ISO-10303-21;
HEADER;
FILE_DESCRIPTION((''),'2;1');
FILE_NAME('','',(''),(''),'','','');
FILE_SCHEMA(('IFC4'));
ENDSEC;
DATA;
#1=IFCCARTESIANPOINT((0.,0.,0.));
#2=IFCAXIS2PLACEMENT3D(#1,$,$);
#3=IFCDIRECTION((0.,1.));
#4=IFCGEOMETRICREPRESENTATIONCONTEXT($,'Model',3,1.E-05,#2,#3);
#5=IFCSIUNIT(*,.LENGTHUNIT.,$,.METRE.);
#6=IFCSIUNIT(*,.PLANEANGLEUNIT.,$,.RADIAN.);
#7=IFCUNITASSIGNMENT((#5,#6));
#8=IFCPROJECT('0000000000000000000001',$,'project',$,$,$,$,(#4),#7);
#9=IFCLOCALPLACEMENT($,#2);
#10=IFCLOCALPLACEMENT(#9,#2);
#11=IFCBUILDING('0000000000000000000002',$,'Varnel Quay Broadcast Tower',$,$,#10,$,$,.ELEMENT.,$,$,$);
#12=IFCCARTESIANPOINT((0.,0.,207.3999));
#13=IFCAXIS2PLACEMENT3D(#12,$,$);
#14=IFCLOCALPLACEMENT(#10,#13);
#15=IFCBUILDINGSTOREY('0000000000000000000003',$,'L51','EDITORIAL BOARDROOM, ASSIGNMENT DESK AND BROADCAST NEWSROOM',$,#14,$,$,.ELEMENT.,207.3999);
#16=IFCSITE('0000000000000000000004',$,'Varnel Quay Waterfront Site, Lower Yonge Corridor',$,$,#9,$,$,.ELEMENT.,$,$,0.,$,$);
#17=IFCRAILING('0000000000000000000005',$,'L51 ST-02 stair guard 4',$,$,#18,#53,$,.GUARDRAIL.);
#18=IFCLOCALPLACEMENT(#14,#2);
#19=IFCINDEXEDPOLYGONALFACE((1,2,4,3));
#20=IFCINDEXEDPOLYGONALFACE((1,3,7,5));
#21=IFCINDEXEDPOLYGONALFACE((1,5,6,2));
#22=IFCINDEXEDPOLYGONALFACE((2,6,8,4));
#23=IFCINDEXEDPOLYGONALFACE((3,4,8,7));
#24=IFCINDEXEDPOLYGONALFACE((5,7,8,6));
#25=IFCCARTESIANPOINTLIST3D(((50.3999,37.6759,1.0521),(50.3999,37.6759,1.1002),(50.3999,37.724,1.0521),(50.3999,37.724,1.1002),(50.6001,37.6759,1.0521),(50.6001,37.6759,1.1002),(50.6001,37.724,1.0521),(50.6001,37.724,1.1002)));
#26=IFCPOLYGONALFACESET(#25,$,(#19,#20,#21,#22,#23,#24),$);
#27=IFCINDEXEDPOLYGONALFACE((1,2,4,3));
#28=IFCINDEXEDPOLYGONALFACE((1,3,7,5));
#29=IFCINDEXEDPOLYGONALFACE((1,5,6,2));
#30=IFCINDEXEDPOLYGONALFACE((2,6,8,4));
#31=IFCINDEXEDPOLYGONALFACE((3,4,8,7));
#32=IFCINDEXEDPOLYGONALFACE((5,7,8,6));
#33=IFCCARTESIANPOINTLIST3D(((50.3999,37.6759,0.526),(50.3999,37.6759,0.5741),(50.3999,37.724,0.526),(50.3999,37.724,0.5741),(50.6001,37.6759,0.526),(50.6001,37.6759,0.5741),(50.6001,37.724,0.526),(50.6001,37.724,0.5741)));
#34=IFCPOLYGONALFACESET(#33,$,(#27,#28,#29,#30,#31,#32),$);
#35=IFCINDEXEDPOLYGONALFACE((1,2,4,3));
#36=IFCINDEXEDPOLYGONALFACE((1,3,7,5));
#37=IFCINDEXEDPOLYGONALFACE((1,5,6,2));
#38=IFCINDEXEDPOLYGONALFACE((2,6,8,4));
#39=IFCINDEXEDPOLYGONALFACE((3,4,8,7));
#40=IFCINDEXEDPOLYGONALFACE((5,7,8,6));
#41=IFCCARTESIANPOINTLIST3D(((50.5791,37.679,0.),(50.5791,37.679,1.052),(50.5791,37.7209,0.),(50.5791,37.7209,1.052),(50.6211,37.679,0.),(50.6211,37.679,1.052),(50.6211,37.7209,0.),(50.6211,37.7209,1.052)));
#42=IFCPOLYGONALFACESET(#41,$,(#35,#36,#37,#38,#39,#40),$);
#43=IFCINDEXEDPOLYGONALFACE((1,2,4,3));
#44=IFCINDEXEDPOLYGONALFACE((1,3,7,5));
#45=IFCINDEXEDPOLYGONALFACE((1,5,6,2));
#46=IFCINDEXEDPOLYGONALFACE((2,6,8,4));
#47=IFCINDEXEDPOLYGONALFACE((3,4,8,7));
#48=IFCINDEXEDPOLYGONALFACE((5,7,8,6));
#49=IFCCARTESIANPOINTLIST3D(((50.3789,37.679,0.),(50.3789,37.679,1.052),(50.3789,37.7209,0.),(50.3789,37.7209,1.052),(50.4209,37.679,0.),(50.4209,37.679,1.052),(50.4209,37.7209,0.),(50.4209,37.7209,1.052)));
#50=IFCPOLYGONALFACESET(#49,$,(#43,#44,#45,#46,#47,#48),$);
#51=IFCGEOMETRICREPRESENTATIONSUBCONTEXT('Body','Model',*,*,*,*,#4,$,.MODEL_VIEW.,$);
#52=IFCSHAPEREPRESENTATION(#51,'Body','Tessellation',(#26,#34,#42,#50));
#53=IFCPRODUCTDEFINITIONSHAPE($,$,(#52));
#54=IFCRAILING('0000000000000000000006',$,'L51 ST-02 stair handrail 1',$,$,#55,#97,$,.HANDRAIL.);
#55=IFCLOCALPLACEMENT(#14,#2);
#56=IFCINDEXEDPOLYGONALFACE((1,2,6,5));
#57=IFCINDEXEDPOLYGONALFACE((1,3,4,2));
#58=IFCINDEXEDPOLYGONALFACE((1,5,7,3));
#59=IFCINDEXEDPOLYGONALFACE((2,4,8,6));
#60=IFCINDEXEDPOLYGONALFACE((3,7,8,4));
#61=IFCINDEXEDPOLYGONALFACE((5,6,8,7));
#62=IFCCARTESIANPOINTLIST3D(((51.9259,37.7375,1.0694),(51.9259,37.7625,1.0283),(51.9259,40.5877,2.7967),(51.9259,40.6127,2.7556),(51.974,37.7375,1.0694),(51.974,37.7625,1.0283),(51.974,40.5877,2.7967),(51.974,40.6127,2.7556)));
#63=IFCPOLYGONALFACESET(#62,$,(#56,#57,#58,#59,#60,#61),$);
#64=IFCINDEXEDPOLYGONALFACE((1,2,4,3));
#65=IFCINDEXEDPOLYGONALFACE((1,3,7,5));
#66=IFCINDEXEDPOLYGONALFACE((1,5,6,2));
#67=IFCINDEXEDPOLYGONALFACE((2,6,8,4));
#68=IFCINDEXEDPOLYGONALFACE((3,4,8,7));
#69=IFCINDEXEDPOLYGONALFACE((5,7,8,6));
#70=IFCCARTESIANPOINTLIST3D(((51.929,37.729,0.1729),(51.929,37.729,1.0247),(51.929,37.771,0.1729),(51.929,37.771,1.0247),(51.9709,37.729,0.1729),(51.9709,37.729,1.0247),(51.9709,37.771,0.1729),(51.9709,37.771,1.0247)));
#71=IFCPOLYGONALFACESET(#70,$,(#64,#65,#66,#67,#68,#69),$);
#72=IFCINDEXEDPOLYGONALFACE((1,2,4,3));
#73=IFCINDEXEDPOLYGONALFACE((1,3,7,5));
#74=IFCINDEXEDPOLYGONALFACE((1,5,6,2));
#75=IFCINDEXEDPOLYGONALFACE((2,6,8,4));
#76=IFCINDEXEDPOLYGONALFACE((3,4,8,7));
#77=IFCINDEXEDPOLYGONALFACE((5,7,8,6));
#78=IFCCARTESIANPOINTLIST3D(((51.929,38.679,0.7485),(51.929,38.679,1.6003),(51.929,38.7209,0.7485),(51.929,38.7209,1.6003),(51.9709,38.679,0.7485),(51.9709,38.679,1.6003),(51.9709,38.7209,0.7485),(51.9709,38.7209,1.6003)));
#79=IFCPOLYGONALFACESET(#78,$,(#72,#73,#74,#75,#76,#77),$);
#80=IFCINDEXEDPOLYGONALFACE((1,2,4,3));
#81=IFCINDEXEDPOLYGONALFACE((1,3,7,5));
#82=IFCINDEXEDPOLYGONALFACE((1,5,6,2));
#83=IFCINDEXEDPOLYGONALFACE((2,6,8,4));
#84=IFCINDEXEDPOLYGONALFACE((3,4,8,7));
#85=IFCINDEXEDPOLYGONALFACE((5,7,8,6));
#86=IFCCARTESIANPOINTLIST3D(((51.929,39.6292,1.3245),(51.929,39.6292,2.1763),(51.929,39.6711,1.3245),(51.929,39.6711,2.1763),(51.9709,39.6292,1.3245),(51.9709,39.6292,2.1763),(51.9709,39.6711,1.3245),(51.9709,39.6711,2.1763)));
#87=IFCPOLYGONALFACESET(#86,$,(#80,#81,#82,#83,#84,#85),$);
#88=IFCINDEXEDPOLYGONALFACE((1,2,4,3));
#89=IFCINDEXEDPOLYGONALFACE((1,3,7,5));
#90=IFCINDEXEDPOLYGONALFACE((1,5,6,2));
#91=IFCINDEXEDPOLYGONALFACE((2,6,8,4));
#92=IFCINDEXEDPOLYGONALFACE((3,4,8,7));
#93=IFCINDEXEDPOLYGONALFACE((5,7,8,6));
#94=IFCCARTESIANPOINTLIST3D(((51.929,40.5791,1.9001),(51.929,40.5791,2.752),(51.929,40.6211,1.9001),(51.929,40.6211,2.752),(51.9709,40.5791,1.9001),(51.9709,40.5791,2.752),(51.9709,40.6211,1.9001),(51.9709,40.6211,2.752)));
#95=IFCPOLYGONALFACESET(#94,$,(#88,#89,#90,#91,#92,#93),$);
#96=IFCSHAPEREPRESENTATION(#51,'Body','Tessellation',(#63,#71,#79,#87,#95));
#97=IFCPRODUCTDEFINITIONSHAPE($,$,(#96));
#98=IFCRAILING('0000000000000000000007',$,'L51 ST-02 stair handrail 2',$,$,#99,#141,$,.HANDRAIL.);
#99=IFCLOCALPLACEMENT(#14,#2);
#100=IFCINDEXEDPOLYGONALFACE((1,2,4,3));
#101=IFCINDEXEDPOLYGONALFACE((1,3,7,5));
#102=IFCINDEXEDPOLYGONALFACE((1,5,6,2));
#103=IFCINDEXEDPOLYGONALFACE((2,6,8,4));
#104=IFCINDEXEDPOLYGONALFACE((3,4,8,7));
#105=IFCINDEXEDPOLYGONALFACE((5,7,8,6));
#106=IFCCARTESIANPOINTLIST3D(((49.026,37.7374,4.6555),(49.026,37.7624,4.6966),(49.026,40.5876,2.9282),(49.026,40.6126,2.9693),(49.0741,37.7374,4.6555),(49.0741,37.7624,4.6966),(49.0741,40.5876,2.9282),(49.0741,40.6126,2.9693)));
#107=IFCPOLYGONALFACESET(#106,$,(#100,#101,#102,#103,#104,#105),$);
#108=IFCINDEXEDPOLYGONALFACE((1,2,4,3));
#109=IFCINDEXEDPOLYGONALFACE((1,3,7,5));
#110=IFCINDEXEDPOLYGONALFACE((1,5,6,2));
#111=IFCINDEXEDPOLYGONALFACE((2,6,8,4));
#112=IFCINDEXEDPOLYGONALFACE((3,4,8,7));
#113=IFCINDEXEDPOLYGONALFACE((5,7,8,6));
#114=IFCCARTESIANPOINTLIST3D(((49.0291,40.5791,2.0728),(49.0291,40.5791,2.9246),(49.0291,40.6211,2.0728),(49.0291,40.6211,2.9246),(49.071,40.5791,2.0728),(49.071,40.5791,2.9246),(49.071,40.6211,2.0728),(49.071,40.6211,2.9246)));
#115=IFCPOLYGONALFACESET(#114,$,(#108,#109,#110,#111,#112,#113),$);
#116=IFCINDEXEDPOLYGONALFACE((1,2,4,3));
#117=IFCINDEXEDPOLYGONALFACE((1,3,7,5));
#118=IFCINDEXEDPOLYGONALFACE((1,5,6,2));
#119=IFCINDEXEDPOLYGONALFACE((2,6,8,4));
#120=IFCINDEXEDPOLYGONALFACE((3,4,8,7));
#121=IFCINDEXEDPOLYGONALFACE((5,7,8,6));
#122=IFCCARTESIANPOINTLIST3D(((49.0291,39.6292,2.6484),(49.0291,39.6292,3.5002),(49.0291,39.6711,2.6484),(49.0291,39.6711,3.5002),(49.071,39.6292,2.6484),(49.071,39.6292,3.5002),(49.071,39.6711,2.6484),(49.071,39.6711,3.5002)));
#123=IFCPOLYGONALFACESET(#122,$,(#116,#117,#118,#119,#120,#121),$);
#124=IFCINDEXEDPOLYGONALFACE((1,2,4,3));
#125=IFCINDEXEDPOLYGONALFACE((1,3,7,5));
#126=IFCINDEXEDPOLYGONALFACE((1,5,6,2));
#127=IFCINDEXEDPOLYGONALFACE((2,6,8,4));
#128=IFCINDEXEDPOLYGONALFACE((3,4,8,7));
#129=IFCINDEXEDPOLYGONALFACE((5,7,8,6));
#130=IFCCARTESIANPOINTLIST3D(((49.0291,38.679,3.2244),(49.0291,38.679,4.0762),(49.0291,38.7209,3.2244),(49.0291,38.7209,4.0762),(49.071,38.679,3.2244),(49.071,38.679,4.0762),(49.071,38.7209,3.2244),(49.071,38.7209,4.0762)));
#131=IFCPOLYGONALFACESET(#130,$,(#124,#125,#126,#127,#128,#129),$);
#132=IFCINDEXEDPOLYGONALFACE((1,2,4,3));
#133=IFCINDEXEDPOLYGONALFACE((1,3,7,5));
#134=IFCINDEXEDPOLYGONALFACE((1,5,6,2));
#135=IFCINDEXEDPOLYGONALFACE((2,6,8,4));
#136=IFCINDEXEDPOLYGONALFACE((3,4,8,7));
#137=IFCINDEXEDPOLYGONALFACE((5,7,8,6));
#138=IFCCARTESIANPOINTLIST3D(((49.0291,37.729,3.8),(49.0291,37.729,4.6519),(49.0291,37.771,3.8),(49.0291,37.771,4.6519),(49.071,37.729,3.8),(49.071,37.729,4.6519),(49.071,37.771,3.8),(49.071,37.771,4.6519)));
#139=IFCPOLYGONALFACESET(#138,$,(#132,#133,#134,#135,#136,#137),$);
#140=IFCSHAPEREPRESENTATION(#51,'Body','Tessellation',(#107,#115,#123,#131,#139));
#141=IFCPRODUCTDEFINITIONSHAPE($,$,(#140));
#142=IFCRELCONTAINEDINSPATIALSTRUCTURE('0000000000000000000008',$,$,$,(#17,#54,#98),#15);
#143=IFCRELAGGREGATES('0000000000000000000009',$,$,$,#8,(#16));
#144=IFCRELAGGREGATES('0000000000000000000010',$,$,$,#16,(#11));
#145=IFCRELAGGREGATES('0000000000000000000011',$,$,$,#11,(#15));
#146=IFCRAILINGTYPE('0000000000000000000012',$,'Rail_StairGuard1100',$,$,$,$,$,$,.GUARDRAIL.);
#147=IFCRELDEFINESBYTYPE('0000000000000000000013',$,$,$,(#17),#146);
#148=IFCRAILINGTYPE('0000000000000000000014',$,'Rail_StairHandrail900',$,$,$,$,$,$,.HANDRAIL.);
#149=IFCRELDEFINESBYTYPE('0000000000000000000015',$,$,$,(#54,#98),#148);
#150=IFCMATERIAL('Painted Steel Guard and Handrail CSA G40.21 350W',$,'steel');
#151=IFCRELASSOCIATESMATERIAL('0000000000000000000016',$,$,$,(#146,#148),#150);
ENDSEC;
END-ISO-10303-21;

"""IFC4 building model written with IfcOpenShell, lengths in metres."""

from ifc_helpers import new_model, si_unit, direction, frame, origin, origin_2d, place, context, subcontext, project, spatial, rectangle, extrude, material, type_object, element, save


model = new_model("IFC4")

# Units and contexts
model_context = context("Model", 3, precision=1e-05, world=origin(), true_north=direction((0.0, 1.0)))
body_context = subcontext(model_context, "Body", "Model", "MODEL_VIEW")
ifc_project = project(units=[si_unit("LENGTHUNIT", "METRE"), si_unit("PLANEANGLEUNIT", "RADIAN")], contexts=[model_context])

# Site, building, storey
site_placement = place(None, origin())
site = spatial("IfcSite", under=ifc_project, at=site_placement, Name="Varnel Quay Waterfront Site, Lower Yonge Corridor", CompositionType="ELEMENT", RefElevation=0.0)
building_placement = place(site_placement, origin())
building = spatial("IfcBuilding", under=site, at=building_placement, Name="Varnel Quay Broadcast Tower", CompositionType="ELEMENT")
storey_placement = place(building_placement, frame((0.0, 0.0, 207.3999)))
storey = spatial("IfcBuildingStorey", under=building, at=storey_placement, Name="L51", Description="EDITORIAL BOARDROOM, ASSIGNMENT DESK AND BROADCAST NEWSROOM", CompositionType="ELEMENT", Elevation=207.3999)

# Railings
ifc_material_1 = material(Name="Painted Steel Guard and Handrail CSA G40.21 350W", Category="steel")
railing_type_1 = type_object("IfcRailingType", Name="Rail_StairGuard1100", PredefinedType="GUARDRAIL", material=ifc_material_1)
railing_1_placement = place(storey_placement, frame((50.6001, 37.7, 0.0)))
element("IfcRailing", 1, at=railing_1_placement, inside=storey, type_object=railing_type_1, Name="L51 ST-02 stair guard 4", PredefinedType="GUARDRAIL", context=body_context, shape_type="SweptSolid", body=[
    extrude(rectangle(XDim=0.0481, YDim=0.0481, at=origin_2d()), frame((0.0, 0.0, 1.0762), z_axis=(-1.0, 0.0, 0.0), x_axis=(0.0, -1.0, 0.0)), (0.0, 0.0, 1.0), 0.2002),
    extrude(rectangle(XDim=0.0481, YDim=0.0481, at=origin_2d()), frame((0.0, 0.0, 0.55), z_axis=(-1.0, 0.0, 0.0), x_axis=(0.0, -1.0, 0.0)), (0.0, 0.0, 1.0), 0.2002),
    extrude(rectangle(XDim=0.042, YDim=0.042, at=origin_2d()), origin(), (0.0, 0.0, 1.0), 1.052),
    extrude(rectangle(XDim=0.042, YDim=0.042, at=origin_2d()), frame((-0.2002, 0.0, 0.0)), (0.0, 0.0, 1.0), 1.052),
])
railing_type_2 = type_object("IfcRailingType", Name="Rail_StairHandrail900", PredefinedType="HANDRAIL", material=ifc_material_1)
railing_2_placement = place(storey_placement, frame((51.95, 37.75, 0.1729)))
element("IfcRailing", 2, at=railing_2_placement, inside=storey, type_object=railing_type_2, Name="L51 ST-02 stair handrail 1", PredefinedType="HANDRAIL", context=body_context, shape_type="SweptSolid", body=[
    extrude(rectangle(XDim=0.0481, YDim=0.0481, at=origin_2d()), frame((0.0, 0.0, 0.876), z_axis=(0.0, 0.855203, 0.518294), x_axis=(-1.0, 0.0, 0.0)), (0.0, 0.0, 1.0), 3.3328),
    extrude(rectangle(XDim=0.042, YDim=0.042, at=origin_2d()), origin(), (0.0, 0.0, 1.0), 0.8518),
    extrude(rectangle(XDim=0.042, YDim=0.042, at=origin_2d()), frame((0.0, 0.95, 0.5757)), (0.0, 0.0, 1.0), 0.8518),
    extrude(rectangle(XDim=0.042, YDim=0.042, at=origin_2d()), frame((0.0, 1.9001, 1.1516)), (0.0, 0.0, 1.0), 0.8518),
    extrude(rectangle(XDim=0.042, YDim=0.042, at=origin_2d()), frame((0.0, 2.8501, 1.7273)), (0.0, 0.0, 1.0), 0.8518),
])
railing_3_placement = place(storey_placement, frame((49.05, 40.6001, 2.0728)))
element("IfcRailing", 3, at=railing_3_placement, inside=storey, type_object=railing_type_2, Name="L51 ST-02 stair handrail 2", PredefinedType="HANDRAIL", context=body_context, shape_type="SweptSolid", body=[
    extrude(rectangle(XDim=0.0481, YDim=0.0481, at=origin_2d()), frame((0.0, 0.0, 0.876), z_axis=(0.0, -0.855203, 0.518294), x_axis=(1.0, 0.0, 0.0)), (0.0, 0.0, 1.0), 3.3328),
    extrude(rectangle(XDim=0.042, YDim=0.042, at=origin_2d()), origin(), (0.0, 0.0, 1.0), 0.8518),
    extrude(rectangle(XDim=0.042, YDim=0.042, at=origin_2d()), frame((0.0, -0.95, 0.5757)), (0.0, 0.0, 1.0), 0.8518),
    extrude(rectangle(XDim=0.042, YDim=0.042, at=origin_2d()), frame((0.0, -1.9001, 1.1516)), (0.0, 0.0, 1.0), 0.8518),
    extrude(rectangle(XDim=0.042, YDim=0.042, at=origin_2d()), frame((0.0, -2.8501, 1.7273)), (0.0, 0.0, 1.0), 0.8518),
])

save(model, "model.ifc")
